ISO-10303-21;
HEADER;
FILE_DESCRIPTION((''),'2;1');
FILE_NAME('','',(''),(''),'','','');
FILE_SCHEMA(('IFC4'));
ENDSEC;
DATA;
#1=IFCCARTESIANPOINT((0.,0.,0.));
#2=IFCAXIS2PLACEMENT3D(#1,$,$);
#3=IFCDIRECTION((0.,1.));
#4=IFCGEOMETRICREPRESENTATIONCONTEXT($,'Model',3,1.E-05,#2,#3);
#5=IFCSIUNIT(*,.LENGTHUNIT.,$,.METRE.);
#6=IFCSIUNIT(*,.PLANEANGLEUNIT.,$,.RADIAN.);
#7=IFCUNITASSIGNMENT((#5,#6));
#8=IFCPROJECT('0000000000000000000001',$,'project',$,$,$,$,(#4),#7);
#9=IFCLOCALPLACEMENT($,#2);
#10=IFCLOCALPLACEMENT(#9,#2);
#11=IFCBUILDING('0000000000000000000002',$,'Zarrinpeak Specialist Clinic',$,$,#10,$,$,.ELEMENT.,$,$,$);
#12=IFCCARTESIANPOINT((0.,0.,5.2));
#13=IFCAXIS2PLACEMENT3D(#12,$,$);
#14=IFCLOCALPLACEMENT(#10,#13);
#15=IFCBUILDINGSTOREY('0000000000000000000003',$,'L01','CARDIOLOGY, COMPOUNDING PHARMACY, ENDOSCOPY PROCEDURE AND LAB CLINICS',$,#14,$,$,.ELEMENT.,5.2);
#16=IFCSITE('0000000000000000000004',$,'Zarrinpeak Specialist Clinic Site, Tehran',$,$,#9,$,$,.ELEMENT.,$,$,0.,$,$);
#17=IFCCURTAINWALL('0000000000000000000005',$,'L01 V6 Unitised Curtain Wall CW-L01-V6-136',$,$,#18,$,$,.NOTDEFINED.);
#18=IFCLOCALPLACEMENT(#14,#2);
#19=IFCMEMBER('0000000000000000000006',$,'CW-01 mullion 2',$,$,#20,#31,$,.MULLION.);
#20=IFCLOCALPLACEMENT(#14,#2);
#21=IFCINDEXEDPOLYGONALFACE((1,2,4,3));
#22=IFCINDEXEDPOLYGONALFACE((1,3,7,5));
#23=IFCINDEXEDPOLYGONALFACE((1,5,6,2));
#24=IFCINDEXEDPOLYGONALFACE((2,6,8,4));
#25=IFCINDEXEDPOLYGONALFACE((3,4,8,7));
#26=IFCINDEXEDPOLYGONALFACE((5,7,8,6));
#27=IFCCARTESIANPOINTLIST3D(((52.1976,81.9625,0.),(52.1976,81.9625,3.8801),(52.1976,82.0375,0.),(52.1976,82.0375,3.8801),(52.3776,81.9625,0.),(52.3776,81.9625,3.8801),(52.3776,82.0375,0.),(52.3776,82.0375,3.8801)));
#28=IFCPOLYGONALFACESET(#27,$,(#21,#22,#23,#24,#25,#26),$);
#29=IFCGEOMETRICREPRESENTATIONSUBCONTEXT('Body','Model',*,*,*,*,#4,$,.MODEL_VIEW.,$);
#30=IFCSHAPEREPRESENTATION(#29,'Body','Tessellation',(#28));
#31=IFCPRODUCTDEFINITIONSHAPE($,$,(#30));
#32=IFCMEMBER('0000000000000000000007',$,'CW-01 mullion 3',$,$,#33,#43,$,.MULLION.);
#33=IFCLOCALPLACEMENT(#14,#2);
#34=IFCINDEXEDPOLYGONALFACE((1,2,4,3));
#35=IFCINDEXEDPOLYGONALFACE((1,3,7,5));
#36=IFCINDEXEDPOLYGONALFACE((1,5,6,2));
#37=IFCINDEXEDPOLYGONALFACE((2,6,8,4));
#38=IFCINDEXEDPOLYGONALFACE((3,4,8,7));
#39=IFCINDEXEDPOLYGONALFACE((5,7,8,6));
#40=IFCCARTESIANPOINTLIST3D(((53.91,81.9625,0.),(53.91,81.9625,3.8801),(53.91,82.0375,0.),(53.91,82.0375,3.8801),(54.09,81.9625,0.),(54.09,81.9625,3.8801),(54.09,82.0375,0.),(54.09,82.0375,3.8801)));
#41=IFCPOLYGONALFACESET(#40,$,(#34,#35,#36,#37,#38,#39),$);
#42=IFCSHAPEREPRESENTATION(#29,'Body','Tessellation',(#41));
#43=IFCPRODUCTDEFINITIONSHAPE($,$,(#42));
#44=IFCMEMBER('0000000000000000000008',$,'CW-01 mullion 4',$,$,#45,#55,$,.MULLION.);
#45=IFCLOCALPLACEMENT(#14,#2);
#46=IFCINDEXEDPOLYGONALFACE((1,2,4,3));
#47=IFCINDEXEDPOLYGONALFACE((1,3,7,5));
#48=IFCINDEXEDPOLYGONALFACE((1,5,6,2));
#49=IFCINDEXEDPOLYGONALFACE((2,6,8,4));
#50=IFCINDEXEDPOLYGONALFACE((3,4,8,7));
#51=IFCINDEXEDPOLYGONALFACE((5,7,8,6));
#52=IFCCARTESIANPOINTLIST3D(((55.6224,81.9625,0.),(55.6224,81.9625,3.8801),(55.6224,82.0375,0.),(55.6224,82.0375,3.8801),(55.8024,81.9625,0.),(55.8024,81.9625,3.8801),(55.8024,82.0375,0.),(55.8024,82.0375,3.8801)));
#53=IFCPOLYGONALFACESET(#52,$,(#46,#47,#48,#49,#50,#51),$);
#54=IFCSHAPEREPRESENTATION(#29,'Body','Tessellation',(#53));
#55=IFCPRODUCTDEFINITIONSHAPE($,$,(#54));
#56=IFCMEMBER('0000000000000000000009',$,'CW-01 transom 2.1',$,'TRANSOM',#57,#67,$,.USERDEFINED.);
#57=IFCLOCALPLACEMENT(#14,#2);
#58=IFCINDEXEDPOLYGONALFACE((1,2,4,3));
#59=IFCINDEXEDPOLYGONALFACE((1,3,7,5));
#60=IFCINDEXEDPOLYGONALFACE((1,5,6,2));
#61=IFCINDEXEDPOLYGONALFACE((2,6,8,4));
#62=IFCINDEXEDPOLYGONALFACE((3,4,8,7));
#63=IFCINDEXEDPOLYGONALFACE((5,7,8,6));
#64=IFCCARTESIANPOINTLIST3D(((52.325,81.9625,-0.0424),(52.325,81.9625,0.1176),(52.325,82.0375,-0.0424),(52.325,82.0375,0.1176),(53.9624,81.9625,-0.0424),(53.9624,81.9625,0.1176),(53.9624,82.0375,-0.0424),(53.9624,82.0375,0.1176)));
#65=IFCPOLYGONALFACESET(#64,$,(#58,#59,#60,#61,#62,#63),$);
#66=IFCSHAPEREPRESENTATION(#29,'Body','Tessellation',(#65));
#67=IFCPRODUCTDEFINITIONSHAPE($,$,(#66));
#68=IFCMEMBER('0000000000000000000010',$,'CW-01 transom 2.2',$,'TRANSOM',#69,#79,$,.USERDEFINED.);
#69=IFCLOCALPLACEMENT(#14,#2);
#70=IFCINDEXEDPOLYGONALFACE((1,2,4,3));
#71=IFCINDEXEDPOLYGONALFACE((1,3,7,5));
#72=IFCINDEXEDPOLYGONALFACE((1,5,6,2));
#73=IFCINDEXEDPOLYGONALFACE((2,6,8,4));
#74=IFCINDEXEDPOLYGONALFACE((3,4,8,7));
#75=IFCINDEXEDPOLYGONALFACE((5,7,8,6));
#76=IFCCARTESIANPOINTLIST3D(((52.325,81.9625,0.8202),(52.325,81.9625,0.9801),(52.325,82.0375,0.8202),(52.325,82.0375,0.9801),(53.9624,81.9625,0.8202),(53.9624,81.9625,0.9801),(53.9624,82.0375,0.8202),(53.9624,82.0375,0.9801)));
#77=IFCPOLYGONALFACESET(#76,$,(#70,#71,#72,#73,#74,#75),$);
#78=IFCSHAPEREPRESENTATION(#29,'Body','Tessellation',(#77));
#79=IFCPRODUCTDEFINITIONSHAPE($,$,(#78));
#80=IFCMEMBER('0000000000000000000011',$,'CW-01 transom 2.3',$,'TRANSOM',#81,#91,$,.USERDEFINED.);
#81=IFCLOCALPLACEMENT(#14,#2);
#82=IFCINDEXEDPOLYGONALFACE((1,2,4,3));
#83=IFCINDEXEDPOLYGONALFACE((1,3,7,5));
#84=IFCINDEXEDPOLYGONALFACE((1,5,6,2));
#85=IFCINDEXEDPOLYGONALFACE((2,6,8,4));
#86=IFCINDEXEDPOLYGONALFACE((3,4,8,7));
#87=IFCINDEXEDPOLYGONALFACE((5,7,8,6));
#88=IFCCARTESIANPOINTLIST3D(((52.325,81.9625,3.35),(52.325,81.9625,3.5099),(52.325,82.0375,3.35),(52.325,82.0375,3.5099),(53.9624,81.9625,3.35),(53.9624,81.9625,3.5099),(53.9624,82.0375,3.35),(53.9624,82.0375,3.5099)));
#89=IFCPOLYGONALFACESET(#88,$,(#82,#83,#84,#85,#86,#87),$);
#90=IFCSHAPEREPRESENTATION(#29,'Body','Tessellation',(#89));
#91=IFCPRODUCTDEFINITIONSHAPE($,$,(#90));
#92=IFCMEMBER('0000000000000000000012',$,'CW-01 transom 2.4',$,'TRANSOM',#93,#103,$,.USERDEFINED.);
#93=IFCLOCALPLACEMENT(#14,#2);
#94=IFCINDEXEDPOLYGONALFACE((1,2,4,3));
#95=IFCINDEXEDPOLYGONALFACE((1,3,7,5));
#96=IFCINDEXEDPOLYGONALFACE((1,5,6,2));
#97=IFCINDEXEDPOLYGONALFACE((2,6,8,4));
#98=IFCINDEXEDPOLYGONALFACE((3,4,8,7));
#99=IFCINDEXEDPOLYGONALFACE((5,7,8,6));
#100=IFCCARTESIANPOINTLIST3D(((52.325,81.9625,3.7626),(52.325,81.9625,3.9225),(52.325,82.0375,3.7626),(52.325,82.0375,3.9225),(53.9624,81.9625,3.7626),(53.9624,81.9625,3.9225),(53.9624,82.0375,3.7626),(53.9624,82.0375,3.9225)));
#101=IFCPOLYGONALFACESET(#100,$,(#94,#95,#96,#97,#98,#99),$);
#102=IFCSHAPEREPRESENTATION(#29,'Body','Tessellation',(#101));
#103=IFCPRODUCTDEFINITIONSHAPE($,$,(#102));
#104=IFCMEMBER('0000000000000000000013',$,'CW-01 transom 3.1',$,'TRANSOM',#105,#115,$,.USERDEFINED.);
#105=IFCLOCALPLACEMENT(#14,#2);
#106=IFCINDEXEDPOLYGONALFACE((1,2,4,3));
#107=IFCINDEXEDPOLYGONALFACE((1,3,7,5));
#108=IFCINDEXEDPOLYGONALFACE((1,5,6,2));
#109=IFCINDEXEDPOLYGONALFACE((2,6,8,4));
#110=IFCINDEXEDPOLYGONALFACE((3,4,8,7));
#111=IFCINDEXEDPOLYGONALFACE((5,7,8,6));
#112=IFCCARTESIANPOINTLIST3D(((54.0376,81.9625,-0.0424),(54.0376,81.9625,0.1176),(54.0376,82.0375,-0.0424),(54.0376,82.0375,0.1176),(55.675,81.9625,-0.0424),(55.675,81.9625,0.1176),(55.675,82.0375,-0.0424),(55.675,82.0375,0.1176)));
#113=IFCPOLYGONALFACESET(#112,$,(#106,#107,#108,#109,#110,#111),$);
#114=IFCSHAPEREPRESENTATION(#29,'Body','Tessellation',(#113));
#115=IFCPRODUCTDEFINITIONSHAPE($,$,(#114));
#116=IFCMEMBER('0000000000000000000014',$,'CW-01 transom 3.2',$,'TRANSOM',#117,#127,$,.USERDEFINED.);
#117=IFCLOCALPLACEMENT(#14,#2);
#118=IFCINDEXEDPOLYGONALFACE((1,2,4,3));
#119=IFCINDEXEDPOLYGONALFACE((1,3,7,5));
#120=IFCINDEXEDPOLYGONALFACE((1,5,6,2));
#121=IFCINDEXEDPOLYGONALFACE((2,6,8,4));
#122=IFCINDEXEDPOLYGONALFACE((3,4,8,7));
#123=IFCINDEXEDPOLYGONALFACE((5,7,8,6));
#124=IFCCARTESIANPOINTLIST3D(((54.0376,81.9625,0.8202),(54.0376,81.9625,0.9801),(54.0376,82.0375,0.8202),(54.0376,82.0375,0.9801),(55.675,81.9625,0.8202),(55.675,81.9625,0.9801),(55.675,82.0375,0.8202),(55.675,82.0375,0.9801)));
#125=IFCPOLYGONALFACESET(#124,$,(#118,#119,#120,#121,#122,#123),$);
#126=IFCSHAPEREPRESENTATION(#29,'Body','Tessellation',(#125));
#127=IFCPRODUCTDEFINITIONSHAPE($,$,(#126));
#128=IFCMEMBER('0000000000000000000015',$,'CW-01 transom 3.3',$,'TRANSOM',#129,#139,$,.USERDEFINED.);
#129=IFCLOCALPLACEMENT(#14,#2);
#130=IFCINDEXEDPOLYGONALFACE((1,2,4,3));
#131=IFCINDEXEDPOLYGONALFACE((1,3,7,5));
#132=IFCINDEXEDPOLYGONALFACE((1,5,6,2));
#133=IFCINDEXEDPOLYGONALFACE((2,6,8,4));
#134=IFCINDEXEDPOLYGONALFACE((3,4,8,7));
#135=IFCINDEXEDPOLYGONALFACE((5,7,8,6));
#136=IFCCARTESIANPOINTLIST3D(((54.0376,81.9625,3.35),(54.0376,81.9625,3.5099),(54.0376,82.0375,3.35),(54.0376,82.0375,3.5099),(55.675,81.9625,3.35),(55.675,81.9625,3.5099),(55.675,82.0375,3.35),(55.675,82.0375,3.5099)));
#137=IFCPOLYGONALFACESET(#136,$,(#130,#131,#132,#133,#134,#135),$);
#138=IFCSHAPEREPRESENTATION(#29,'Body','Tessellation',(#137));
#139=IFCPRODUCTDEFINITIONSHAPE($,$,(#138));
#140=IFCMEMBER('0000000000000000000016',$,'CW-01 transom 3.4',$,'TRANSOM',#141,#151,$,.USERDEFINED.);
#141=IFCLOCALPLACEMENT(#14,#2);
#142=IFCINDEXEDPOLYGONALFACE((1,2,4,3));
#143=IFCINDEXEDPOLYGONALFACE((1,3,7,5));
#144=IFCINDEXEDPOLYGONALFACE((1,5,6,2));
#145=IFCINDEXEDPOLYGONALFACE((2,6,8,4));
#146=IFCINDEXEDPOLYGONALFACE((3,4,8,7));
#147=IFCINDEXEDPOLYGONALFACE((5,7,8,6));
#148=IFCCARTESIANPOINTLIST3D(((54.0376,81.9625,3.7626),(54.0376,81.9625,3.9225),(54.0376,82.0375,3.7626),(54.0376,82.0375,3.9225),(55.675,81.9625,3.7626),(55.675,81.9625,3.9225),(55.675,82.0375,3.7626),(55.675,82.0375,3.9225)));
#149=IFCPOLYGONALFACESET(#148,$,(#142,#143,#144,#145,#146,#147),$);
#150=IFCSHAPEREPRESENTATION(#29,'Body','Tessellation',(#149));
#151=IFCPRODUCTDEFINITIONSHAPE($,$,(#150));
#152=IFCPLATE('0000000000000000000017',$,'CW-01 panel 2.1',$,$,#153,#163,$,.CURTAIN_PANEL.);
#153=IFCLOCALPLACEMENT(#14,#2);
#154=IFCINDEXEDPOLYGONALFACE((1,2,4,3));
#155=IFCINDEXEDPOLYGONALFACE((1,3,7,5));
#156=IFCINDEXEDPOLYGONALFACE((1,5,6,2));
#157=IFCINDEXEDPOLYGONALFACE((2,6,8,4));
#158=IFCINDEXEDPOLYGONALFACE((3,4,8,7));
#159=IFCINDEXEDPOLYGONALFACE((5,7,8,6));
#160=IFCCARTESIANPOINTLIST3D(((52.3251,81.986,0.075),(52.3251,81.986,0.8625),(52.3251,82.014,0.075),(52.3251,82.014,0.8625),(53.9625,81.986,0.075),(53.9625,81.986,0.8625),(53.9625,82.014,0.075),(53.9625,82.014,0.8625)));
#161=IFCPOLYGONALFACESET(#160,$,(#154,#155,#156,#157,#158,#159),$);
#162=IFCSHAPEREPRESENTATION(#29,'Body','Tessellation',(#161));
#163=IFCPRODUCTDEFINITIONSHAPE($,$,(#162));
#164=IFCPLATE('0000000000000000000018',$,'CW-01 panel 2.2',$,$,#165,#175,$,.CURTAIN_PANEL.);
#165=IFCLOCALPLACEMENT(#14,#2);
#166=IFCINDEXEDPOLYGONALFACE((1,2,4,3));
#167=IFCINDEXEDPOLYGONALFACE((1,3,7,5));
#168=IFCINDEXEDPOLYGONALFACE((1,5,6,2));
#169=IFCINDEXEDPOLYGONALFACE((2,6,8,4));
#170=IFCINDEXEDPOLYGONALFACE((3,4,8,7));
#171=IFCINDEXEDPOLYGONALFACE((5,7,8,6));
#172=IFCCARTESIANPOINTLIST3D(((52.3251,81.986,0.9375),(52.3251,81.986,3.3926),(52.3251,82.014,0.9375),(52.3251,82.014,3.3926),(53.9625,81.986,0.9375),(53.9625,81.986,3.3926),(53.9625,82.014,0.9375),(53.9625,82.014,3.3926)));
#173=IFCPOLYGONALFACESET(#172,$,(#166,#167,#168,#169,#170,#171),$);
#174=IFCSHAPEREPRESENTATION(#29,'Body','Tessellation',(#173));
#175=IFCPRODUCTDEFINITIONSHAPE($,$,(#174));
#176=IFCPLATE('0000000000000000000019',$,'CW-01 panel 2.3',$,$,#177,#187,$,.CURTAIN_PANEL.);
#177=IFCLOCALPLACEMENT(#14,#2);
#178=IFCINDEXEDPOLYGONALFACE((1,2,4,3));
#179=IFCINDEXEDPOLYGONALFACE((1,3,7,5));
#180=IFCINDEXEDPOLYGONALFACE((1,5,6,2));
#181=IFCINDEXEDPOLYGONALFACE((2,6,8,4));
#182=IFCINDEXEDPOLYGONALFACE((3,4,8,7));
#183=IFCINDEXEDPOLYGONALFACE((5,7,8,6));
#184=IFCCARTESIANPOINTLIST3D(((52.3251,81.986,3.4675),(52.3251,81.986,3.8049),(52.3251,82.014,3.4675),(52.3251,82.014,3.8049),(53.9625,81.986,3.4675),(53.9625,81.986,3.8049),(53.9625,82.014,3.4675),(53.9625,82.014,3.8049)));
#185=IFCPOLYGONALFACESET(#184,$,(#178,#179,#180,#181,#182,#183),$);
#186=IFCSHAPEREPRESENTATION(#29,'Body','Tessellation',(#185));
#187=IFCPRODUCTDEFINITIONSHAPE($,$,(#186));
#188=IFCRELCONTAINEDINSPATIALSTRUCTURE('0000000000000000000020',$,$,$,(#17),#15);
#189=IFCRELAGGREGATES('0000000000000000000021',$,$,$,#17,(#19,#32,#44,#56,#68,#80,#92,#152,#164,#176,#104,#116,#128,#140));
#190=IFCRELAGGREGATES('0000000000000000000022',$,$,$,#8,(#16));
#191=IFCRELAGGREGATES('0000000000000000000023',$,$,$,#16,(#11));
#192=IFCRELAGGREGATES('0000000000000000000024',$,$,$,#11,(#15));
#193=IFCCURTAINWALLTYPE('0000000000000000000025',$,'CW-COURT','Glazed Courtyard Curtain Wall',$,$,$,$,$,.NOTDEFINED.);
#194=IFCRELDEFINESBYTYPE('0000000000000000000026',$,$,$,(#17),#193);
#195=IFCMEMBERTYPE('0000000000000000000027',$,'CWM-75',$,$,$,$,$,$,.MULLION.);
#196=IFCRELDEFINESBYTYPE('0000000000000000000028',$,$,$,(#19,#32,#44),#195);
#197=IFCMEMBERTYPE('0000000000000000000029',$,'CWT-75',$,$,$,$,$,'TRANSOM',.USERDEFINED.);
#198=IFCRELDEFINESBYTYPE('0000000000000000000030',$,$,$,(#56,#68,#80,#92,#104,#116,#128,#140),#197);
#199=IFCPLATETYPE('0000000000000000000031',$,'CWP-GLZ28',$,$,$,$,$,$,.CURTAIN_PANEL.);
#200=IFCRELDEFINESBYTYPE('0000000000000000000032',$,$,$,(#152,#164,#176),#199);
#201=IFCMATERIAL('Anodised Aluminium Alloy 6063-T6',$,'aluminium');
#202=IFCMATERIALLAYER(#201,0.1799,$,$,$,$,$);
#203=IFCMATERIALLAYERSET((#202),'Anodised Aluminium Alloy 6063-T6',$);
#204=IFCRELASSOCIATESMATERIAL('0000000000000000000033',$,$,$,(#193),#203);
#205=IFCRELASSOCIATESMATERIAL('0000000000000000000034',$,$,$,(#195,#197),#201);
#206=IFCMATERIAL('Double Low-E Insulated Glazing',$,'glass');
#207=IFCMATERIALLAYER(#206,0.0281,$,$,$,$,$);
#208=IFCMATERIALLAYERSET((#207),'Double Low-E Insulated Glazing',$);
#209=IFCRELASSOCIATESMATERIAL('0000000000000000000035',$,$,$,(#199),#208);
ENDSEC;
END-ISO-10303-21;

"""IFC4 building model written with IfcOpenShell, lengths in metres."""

from ifc_helpers import new_model, si_unit, direction, frame, origin, origin_2d, place, context, subcontext, project, spatial, rectangle, extrude, material, layer, layer_set, material_profile, profile_set, type_object, element, aggregate, save


model = new_model("IFC4")

# Units and contexts
model_context = context("Model", 3, precision=1e-05, world=origin(), true_north=direction((0.0, 1.0)))
body_context = subcontext(model_context, "Body", "Model", "MODEL_VIEW")
ifc_project = project(units=[si_unit("LENGTHUNIT", "METRE"), si_unit("PLANEANGLEUNIT", "RADIAN")], contexts=[model_context])

# Site, building, storey
site_placement = place(None, origin())
site = spatial("IfcSite", under=ifc_project, at=site_placement, Name="Zarrinpeak Specialist Clinic Site, Tehran", CompositionType="ELEMENT", RefElevation=0.0)
building_placement = place(site_placement, origin())
building = spatial("IfcBuilding", under=site, at=building_placement, Name="Zarrinpeak Specialist Clinic", CompositionType="ELEMENT")
storey_placement = place(building_placement, frame((0.0, 0.0, 5.2)))
storey = spatial("IfcBuildingStorey", under=building, at=storey_placement, Name="L01", Description="CARDIOLOGY, COMPOUNDING PHARMACY, ENDOSCOPY PROCEDURE AND LAB CLINICS", CompositionType="ELEMENT", Elevation=5.2)

# Curtain wall, members, plates
ifc_material_1 = material(Name="Anodised Aluminium Alloy 6063-T6", Category="aluminium")
ifc_layer_1 = layer(ifc_material_1, 0.1799)
ifc_layer_set_1 = layer_set([ifc_layer_1], Name="Anodised Aluminium Alloy 6063-T6")
curtain_wall_type = type_object("IfcCurtainWallType", Name="CW-COURT", Description="Glazed Courtyard Curtain Wall", PredefinedType="NOTDEFINED", material=ifc_layer_set_1)
curtain_wall_placement = place(storey_placement, origin())
curtain_wall = element("IfcCurtainWall", 1, at=curtain_wall_placement, inside=storey, type_object=curtain_wall_type, Name="L01 V6 Unitised Curtain Wall CW-L01-V6-136", PredefinedType="NOTDEFINED")
ifc_material_profile_1 = material_profile(ifc_material_1, rectangle(XDim=0.075, YDim=0.1799, at=origin_2d()), Name="ALU 75x180")
ifc_profile_set_1 = profile_set([ifc_material_profile_1], Name="Anodised Aluminium Alloy 6063-T6")
member_type_1 = type_object("IfcMemberType", Name="CWM-75", PredefinedType="MULLION", material=ifc_profile_set_1)
member_1_placement = place(storey_placement, frame((52.2876, 82.0, 0.0), z_axis=(0.0, 0.0, 1.0), x_axis=(0.0, 1.0, 0.0)))
member_1 = element("IfcMember", 2, at=member_1_placement, type_object=member_type_1, Name="CW-01 mullion 2", PredefinedType="MULLION", context=body_context, shape_type="SweptSolid", body=[
    extrude(rectangle(XDim=0.075, YDim=0.1799, at=origin_2d()), origin(), (0.0, 0.0, 1.0), 3.8801),
])
member_2_placement = place(storey_placement, frame((54.0, 82.0, 0.0), z_axis=(0.0, 0.0, 1.0), x_axis=(0.0, 1.0, 0.0)))
member_2 = element("IfcMember", 3, at=member_2_placement, type_object=member_type_1, Name="CW-01 mullion 3", PredefinedType="MULLION", context=body_context, shape_type="SweptSolid", body=[
    extrude(rectangle(XDim=0.075, YDim=0.1799, at=origin_2d()), origin(), (0.0, 0.0, 1.0), 3.8801),
])
member_3_placement = place(storey_placement, frame((55.7124, 82.0, 0.0), z_axis=(0.0, 0.0, 1.0), x_axis=(0.0, 1.0, 0.0)))
member_3 = element("IfcMember", 4, at=member_3_placement, type_object=member_type_1, Name="CW-01 mullion 4", PredefinedType="MULLION", context=body_context, shape_type="SweptSolid", body=[
    extrude(rectangle(XDim=0.075, YDim=0.1799, at=origin_2d()), origin(), (0.0, 0.0, 1.0), 3.8801),
])
ifc_material_profile_2 = material_profile(ifc_material_1, rectangle(XDim=0.075, YDim=0.1599, at=origin_2d()), Name="ALU 75x160")
ifc_profile_set_2 = profile_set([ifc_material_profile_2], Name="Anodised Aluminium Alloy 6063-T6")
member_type_2 = type_object("IfcMemberType", Name="CWT-75", ElementType="TRANSOM", PredefinedType="USERDEFINED", material=ifc_profile_set_2)
member_4_placement = place(storey_placement, frame((52.325, 82.0, 0.0376), z_axis=(1.0, 0.0, 0.0), x_axis=(0.0, 1.0, 0.0)))
member_4 = element("IfcMember", 5, at=member_4_placement, type_object=member_type_2, Name="CW-01 transom 2.1", ObjectType="TRANSOM", PredefinedType="USERDEFINED", context=body_context, shape_type="SweptSolid", body=[
    extrude(rectangle(XDim=0.075, YDim=0.1599, at=origin_2d()), origin(), (0.0, 0.0, 1.0), 1.6375),
])
member_5_placement = place(storey_placement, frame((52.325, 82.0, 0.9001), z_axis=(1.0, 0.0, 0.0), x_axis=(0.0, 1.0, 0.0)))
member_5 = element("IfcMember", 6, at=member_5_placement, type_object=member_type_2, Name="CW-01 transom 2.2", ObjectType="TRANSOM", PredefinedType="USERDEFINED", context=body_context, shape_type="SweptSolid", body=[
    extrude(rectangle(XDim=0.075, YDim=0.1599, at=origin_2d()), origin(), (0.0, 0.0, 1.0), 1.6375),
])
member_6_placement = place(storey_placement, frame((52.325, 82.0, 3.4299), z_axis=(1.0, 0.0, 0.0), x_axis=(0.0, 1.0, 0.0)))
member_6 = element("IfcMember", 7, at=member_6_placement, type_object=member_type_2, Name="CW-01 transom 2.3", ObjectType="TRANSOM", PredefinedType="USERDEFINED", context=body_context, shape_type="SweptSolid", body=[
    extrude(rectangle(XDim=0.075, YDim=0.1599, at=origin_2d()), origin(), (0.0, 0.0, 1.0), 1.6375),
])
member_7_placement = place(storey_placement, frame((52.325, 82.0, 3.8425), z_axis=(1.0, 0.0, 0.0), x_axis=(0.0, 1.0, 0.0)))
member_7 = element("IfcMember", 8, at=member_7_placement, type_object=member_type_2, Name="CW-01 transom 2.4", ObjectType="TRANSOM", PredefinedType="USERDEFINED", context=body_context, shape_type="SweptSolid", body=[
    extrude(rectangle(XDim=0.075, YDim=0.1599, at=origin_2d()), origin(), (0.0, 0.0, 1.0), 1.6375),
])
member_8_placement = place(storey_placement, frame((54.0376, 82.0, 0.0376), z_axis=(1.0, 0.0, 0.0), x_axis=(0.0, 1.0, 0.0)))
member_8 = element("IfcMember", 9, at=member_8_placement, type_object=member_type_2, Name="CW-01 transom 3.1", ObjectType="TRANSOM", PredefinedType="USERDEFINED", context=body_context, shape_type="SweptSolid", body=[
    extrude(rectangle(XDim=0.075, YDim=0.1599, at=origin_2d()), origin(), (0.0, 0.0, 1.0), 1.6375),
])
member_9_placement = place(storey_placement, frame((54.0376, 82.0, 0.9001), z_axis=(1.0, 0.0, 0.0), x_axis=(0.0, 1.0, 0.0)))
member_9 = element("IfcMember", 10, at=member_9_placement, type_object=member_type_2, Name="CW-01 transom 3.2", ObjectType="TRANSOM", PredefinedType="USERDEFINED", context=body_context, shape_type="SweptSolid", body=[
    extrude(rectangle(XDim=0.075, YDim=0.1599, at=origin_2d()), origin(), (0.0, 0.0, 1.0), 1.6375),
])
member_10_placement = place(storey_placement, frame((54.0376, 82.0, 3.4299), z_axis=(1.0, 0.0, 0.0), x_axis=(0.0, 1.0, 0.0)))
member_10 = element("IfcMember", 11, at=member_10_placement, type_object=member_type_2, Name="CW-01 transom 3.3", ObjectType="TRANSOM", PredefinedType="USERDEFINED", context=body_context, shape_type="SweptSolid", body=[
    extrude(rectangle(XDim=0.075, YDim=0.1599, at=origin_2d()), origin(), (0.0, 0.0, 1.0), 1.6375),
])
member_11_placement = place(storey_placement, frame((54.0376, 82.0, 3.8425), z_axis=(1.0, 0.0, 0.0), x_axis=(0.0, 1.0, 0.0)))
member_11 = element("IfcMember", 12, at=member_11_placement, type_object=member_type_2, Name="CW-01 transom 3.4", ObjectType="TRANSOM", PredefinedType="USERDEFINED", context=body_context, shape_type="SweptSolid", body=[
    extrude(rectangle(XDim=0.075, YDim=0.1599, at=origin_2d()), origin(), (0.0, 0.0, 1.0), 1.6375),
])
ifc_material_2 = material(Name="Double Low-E Insulated Glazing", Category="glass")
ifc_layer_2 = layer(ifc_material_2, 0.0281)
ifc_layer_set_2 = layer_set([ifc_layer_2], Name="Double Low-E Insulated Glazing")
plate_type = type_object("IfcPlateType", Name="CWP-GLZ28", PredefinedType="CURTAIN_PANEL", material=ifc_layer_set_2)
plate_1_placement = place(storey_placement, frame((53.1438, 82.0, 0.075), z_axis=(0.0, 0.0, 1.0), x_axis=(1.0, 0.0, 0.0)))
plate_1 = element("IfcPlate", 13, at=plate_1_placement, type_object=plate_type, Name="CW-01 panel 2.1", PredefinedType="CURTAIN_PANEL", context=body_context, shape_type="SweptSolid", body=[
    extrude(rectangle(XDim=1.6375, YDim=0.0281, at=origin_2d()), origin(), (0.0, 0.0, 1.0), 0.7876),
])
plate_2_placement = place(storey_placement, frame((53.1438, 82.0, 0.9375), z_axis=(0.0, 0.0, 1.0), x_axis=(1.0, 0.0, 0.0)))
plate_2 = element("IfcPlate", 14, at=plate_2_placement, type_object=plate_type, Name="CW-01 panel 2.2", PredefinedType="CURTAIN_PANEL", context=body_context, shape_type="SweptSolid", body=[
    extrude(rectangle(XDim=1.6375, YDim=0.0281, at=origin_2d()), origin(), (0.0, 0.0, 1.0), 2.4551),
])
plate_3_placement = place(storey_placement, frame((53.1438, 82.0, 3.4675), z_axis=(0.0, 0.0, 1.0), x_axis=(1.0, 0.0, 0.0)))
plate_3 = element("IfcPlate", 15, at=plate_3_placement, type_object=plate_type, Name="CW-01 panel 2.3", PredefinedType="CURTAIN_PANEL", context=body_context, shape_type="SweptSolid", body=[
    extrude(rectangle(XDim=1.6375, YDim=0.0281, at=origin_2d()), origin(), (0.0, 0.0, 1.0), 0.3374),
])
aggregate(curtain_wall, [member_1, member_2, member_3, member_4, member_5, member_6, member_7, plate_1, plate_2, plate_3, member_8, member_9, member_10, member_11])

save(model, "model.ifc")
